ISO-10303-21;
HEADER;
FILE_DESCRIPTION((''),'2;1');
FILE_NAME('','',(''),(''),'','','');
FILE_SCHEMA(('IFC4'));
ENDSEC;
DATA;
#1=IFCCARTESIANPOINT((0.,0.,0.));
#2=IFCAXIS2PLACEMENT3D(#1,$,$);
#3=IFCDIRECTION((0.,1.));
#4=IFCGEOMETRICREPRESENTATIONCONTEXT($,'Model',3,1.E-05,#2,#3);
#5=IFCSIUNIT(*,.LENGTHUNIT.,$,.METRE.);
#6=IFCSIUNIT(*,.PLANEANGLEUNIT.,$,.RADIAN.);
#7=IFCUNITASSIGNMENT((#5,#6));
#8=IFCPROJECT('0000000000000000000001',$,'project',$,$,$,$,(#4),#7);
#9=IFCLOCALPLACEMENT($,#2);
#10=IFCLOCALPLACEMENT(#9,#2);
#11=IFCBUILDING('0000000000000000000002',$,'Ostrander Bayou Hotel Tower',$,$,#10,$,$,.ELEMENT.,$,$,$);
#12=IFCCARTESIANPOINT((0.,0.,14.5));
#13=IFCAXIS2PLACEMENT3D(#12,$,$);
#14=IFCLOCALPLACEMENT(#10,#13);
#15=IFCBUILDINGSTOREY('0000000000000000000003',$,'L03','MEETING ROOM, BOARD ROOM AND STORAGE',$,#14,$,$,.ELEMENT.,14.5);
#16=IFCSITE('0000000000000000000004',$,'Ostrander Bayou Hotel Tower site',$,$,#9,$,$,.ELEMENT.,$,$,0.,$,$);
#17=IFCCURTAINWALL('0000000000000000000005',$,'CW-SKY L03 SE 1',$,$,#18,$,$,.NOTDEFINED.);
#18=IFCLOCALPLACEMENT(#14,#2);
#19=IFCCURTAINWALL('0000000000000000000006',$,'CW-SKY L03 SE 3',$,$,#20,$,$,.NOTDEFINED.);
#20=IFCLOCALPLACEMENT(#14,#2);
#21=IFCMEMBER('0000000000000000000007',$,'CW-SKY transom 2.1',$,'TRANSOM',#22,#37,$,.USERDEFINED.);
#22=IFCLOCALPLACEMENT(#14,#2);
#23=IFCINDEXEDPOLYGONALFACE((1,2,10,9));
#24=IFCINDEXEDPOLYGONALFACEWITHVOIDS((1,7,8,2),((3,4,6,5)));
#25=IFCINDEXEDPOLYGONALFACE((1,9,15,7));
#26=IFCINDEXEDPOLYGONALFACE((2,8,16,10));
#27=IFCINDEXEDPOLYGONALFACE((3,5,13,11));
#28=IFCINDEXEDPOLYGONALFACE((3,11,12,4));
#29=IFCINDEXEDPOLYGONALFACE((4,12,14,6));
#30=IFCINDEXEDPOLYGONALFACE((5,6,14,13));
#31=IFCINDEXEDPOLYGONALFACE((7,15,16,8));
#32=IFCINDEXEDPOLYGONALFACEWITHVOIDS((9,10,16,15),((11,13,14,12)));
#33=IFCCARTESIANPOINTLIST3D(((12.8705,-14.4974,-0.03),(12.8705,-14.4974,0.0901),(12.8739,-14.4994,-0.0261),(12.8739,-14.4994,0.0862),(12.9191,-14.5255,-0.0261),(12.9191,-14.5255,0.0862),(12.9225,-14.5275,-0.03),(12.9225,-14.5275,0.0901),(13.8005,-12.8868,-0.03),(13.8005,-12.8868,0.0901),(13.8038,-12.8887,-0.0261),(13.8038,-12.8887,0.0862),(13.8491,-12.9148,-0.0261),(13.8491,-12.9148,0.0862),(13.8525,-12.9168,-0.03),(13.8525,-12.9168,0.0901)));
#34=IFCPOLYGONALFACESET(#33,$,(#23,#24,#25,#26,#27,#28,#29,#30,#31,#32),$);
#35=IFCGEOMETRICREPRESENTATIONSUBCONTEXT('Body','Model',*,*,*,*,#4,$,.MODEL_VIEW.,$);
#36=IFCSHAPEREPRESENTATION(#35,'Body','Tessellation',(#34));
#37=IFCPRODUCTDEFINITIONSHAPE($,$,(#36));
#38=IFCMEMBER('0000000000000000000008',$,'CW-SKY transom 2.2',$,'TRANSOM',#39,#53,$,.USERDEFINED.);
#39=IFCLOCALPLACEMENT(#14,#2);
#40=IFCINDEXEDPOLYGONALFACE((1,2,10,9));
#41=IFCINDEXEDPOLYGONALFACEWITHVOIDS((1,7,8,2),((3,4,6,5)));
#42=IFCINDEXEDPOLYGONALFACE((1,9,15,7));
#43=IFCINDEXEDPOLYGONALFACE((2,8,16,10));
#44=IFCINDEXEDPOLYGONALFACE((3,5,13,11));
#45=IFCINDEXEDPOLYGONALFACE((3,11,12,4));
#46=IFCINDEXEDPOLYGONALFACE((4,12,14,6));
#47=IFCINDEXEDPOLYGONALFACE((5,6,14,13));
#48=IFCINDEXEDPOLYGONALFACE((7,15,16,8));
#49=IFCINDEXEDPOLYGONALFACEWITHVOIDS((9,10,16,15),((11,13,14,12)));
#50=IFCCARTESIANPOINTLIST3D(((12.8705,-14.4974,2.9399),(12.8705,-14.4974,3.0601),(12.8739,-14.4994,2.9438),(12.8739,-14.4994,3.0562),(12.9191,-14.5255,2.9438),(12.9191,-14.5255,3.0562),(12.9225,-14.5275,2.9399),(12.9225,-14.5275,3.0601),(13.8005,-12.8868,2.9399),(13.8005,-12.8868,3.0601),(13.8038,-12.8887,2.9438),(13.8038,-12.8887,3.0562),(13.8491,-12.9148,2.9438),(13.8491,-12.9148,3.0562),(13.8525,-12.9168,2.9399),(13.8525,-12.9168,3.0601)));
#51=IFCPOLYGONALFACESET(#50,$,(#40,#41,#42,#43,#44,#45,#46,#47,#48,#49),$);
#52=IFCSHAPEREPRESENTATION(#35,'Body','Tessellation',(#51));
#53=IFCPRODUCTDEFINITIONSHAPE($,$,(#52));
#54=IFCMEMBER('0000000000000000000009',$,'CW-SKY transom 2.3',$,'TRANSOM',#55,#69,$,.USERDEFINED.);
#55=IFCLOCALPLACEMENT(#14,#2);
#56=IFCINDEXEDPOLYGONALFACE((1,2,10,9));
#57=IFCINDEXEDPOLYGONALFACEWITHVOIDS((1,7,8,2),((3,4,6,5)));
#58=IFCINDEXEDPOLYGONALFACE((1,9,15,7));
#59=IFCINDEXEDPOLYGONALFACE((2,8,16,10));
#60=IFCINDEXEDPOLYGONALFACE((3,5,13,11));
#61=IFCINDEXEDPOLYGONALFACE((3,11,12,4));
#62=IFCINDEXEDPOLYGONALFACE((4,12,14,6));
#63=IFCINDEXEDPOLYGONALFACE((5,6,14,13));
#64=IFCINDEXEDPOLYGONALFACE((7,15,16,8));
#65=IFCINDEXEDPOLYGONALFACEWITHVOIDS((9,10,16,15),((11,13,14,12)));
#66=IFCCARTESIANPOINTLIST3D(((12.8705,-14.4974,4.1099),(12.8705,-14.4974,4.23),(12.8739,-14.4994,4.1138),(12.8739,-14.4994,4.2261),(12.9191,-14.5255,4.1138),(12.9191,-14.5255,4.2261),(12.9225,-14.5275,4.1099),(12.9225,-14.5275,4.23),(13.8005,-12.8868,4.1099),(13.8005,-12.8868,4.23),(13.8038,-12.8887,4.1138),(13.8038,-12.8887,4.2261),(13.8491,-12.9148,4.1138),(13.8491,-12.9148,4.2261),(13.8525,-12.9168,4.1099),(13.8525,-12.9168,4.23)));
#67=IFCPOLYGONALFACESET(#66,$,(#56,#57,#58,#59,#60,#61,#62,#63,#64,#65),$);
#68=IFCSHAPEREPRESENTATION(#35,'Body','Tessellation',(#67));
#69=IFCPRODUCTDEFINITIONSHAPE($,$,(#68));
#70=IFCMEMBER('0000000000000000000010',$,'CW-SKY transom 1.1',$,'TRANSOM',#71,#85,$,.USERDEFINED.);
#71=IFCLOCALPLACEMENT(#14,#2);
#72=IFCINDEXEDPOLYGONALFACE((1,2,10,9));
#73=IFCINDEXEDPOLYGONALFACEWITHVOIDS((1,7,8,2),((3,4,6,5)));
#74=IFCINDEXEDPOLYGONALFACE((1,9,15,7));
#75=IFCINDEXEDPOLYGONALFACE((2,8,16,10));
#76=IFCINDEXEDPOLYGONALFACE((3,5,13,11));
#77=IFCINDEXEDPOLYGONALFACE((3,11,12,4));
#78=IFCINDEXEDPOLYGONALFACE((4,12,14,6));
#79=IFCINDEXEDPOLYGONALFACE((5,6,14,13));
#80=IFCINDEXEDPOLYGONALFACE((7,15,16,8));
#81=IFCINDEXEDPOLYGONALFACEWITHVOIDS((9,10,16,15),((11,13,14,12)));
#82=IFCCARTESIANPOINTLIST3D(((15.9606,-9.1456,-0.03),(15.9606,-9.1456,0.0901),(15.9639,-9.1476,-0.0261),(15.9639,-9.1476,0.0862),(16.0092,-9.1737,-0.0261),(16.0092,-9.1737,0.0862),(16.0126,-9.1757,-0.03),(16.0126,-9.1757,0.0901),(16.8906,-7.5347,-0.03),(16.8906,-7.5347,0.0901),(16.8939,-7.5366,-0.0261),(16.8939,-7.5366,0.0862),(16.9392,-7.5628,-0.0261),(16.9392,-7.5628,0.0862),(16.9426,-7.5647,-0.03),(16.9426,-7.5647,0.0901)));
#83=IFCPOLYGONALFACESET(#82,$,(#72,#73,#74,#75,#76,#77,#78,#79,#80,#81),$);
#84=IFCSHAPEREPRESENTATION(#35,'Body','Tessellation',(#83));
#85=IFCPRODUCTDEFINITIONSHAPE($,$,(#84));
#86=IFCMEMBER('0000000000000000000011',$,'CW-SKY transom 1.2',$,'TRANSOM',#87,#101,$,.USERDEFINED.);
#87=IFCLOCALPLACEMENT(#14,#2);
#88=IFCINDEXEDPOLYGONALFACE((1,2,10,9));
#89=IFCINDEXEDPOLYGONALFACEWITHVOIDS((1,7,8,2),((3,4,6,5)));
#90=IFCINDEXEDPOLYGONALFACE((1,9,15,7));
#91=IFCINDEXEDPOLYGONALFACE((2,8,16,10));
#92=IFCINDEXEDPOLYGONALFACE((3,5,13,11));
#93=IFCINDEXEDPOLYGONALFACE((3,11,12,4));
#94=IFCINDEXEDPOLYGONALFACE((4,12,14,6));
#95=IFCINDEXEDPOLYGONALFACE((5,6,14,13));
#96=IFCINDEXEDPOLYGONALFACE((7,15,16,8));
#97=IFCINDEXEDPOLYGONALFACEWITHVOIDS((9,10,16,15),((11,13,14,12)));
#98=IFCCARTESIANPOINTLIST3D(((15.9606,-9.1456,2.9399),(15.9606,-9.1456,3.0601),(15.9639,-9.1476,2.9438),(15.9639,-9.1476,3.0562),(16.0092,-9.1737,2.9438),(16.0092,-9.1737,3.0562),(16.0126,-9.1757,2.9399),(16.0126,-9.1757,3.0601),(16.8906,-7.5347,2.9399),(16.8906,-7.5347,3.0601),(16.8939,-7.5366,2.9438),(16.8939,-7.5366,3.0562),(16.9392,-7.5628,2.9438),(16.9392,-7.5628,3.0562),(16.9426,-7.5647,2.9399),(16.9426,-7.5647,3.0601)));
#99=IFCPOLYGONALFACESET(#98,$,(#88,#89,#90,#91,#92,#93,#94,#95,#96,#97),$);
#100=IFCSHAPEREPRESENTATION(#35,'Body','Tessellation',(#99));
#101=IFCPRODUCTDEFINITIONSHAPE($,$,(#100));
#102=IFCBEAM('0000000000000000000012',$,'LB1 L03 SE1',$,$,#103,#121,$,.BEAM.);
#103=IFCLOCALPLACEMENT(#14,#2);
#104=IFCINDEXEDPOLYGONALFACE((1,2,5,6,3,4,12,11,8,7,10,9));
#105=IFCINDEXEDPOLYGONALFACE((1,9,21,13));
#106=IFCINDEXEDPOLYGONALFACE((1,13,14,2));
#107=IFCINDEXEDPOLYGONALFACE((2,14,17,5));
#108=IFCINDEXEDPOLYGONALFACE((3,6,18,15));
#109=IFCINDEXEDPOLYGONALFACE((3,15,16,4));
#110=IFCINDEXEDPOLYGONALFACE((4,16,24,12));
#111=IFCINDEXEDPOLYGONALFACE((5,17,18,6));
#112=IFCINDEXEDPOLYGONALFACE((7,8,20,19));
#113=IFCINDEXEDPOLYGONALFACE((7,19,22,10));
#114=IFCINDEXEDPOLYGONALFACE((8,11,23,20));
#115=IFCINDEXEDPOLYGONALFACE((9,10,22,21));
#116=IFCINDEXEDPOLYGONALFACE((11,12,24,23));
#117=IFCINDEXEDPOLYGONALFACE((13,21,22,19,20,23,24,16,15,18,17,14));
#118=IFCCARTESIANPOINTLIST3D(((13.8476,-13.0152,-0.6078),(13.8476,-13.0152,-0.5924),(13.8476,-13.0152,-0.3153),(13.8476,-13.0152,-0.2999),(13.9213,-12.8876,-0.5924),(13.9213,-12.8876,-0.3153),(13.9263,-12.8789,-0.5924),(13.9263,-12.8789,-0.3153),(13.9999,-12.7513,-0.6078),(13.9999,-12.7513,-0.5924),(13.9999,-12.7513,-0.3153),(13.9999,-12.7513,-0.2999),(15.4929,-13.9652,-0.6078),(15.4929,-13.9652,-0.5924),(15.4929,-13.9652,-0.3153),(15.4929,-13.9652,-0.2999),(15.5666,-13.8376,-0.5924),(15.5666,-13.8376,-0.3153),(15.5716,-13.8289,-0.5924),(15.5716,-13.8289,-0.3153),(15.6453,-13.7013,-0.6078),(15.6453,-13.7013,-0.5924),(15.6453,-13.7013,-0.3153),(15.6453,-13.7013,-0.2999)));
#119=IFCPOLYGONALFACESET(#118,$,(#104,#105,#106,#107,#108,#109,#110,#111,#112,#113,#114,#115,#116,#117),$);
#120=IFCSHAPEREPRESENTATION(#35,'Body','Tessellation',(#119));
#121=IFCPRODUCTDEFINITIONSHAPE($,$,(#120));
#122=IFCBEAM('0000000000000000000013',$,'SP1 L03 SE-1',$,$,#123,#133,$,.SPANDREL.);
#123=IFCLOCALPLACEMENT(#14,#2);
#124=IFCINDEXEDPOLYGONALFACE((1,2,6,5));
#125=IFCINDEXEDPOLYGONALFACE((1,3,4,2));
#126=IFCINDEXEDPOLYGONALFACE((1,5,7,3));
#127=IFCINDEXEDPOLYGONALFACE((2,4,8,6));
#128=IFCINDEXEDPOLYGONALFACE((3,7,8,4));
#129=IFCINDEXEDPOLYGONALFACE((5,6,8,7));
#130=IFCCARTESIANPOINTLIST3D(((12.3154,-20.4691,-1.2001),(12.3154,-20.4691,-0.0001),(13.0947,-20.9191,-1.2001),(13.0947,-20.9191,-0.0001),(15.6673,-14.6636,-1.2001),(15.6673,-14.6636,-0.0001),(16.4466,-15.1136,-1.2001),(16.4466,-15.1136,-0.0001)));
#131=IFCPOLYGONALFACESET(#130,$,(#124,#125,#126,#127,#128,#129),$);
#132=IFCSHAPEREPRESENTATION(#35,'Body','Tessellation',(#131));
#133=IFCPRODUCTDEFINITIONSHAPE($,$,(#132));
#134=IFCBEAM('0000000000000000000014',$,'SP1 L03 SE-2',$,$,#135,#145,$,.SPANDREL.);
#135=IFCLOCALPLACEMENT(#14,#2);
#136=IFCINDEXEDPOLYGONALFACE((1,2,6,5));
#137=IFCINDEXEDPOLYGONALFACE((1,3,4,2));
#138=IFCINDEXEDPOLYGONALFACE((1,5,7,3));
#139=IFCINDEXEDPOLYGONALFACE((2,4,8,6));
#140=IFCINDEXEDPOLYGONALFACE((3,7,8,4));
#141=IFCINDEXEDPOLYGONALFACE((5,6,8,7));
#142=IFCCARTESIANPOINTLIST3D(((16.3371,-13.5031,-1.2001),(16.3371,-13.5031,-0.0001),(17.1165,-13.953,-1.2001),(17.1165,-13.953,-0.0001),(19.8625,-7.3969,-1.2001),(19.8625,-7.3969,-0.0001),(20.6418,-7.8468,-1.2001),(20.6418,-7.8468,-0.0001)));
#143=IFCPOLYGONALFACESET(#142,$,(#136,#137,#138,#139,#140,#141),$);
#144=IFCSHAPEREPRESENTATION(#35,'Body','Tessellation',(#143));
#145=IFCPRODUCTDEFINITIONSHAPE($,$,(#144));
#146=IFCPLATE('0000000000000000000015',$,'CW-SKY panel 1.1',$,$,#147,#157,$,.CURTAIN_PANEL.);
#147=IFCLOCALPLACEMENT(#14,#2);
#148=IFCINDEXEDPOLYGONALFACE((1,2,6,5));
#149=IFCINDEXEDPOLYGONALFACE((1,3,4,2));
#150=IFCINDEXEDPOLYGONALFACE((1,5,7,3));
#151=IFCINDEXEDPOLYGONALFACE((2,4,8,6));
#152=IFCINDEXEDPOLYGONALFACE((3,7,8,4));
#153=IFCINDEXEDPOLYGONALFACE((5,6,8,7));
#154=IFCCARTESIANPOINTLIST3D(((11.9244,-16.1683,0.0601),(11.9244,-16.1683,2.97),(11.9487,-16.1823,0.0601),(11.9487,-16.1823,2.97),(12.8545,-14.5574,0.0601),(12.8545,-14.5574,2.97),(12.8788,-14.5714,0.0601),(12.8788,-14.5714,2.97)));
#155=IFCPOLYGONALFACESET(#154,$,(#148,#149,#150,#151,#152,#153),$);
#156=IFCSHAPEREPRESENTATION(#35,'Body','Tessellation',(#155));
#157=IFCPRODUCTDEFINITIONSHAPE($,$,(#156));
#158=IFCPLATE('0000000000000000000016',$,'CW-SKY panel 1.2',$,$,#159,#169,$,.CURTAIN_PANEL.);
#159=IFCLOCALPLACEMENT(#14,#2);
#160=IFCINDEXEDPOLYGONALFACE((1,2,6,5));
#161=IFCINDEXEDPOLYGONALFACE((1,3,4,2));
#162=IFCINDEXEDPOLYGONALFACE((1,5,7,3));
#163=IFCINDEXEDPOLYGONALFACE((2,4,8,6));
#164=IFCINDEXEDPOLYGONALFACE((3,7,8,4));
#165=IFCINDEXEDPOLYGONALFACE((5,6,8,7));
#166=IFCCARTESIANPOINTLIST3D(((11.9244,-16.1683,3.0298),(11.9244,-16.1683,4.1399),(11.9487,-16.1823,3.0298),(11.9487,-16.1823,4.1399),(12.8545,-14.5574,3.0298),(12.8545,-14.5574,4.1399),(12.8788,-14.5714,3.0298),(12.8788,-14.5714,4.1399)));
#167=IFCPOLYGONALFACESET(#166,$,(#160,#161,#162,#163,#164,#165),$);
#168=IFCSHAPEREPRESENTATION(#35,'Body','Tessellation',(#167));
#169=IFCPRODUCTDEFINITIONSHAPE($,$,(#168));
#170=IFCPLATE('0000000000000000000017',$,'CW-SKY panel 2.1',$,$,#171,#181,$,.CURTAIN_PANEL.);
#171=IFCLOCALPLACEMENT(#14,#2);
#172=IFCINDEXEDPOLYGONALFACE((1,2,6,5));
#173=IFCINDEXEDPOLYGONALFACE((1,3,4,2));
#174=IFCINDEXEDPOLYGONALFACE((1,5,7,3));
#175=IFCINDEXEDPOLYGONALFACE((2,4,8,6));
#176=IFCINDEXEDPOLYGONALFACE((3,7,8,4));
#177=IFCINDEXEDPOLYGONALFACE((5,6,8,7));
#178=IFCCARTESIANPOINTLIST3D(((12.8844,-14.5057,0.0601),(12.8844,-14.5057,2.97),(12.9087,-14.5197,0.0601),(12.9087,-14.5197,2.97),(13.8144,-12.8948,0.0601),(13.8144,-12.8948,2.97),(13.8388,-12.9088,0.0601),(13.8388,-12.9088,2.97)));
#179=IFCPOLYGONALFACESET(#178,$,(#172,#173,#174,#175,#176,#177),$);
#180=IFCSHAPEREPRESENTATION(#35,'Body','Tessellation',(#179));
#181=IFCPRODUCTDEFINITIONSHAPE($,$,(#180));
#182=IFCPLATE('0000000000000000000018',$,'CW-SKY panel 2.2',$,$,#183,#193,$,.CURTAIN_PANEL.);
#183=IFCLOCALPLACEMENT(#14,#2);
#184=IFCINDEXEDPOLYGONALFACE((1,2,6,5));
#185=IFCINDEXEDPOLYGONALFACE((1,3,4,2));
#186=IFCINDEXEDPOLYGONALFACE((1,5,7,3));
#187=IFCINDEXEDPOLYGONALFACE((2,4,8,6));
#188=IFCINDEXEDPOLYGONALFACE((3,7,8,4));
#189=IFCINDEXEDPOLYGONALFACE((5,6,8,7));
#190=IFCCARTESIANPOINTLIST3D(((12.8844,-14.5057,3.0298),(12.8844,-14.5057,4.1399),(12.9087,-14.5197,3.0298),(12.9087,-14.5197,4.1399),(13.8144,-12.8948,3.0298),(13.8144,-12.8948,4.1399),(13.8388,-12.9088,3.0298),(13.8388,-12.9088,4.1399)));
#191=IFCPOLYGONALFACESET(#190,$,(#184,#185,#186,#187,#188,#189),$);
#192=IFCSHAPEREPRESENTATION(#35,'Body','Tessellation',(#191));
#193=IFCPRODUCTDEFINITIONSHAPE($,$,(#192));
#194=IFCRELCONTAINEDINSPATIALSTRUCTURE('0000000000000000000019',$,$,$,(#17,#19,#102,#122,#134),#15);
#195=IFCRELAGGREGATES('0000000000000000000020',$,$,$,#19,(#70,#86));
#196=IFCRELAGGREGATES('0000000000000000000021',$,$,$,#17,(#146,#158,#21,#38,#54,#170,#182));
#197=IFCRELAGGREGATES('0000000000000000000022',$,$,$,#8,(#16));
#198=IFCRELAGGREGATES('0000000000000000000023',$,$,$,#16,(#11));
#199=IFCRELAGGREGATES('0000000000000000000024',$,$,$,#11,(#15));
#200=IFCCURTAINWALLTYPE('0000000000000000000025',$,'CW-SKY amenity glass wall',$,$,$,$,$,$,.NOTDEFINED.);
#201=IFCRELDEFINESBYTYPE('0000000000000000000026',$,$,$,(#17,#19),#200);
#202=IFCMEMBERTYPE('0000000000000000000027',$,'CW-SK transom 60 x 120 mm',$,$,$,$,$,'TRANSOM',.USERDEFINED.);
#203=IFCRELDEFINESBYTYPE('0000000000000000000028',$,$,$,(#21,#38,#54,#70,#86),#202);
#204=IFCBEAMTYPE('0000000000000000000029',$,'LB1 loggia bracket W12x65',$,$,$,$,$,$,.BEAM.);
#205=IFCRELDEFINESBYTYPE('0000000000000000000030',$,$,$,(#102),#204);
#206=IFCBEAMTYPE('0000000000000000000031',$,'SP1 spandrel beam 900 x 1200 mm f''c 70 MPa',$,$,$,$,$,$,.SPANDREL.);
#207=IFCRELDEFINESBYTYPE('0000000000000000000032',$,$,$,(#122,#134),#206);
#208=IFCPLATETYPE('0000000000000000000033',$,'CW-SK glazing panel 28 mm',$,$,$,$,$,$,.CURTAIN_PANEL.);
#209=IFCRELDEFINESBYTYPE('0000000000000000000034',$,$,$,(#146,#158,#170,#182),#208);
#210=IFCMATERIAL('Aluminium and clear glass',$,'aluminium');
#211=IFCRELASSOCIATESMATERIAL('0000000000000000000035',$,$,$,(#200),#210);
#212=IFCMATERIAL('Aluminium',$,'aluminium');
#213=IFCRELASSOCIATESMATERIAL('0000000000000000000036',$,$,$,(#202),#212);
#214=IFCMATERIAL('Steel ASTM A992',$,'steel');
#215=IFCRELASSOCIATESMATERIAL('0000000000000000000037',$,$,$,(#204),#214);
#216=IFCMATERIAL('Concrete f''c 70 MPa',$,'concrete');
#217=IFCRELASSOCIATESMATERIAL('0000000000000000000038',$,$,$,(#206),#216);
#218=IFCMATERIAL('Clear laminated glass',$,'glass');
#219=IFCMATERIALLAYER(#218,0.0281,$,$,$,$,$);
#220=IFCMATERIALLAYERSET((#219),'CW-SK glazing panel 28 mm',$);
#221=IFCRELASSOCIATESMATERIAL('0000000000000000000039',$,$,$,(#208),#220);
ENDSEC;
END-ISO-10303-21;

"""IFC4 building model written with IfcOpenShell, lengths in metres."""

from ifc_helpers import new_model, si_unit, direction, frame, origin, origin_2d, place, context, subcontext, project, spatial, rectangle, hollow_rectangle, i_section, extrude, material, layer, layer_set, material_profile, profile_set, type_object, element, aggregate, save


model = new_model("IFC4")

# Units and contexts
model_context = context("Model", 3, precision=1e-05, world=origin(), true_north=direction((0.0, 1.0)))
body_context = subcontext(model_context, "Body", "Model", "MODEL_VIEW")
ifc_project = project(units=[si_unit("LENGTHUNIT", "METRE"), si_unit("PLANEANGLEUNIT", "RADIAN")], contexts=[model_context])

# Site, building, storey
site_placement = place(None, origin())
site = spatial("IfcSite", under=ifc_project, at=site_placement, Name="Ostrander Bayou Hotel Tower site", CompositionType="ELEMENT", RefElevation=0.0)
building_placement = place(site_placement, origin())
building = spatial("IfcBuilding", under=site, at=building_placement, Name="Ostrander Bayou Hotel Tower", CompositionType="ELEMENT")
storey_placement = place(building_placement, frame((0.0, 0.0, 14.5)))
storey = spatial("IfcBuildingStorey", under=building, at=storey_placement, Name="L03", Description="MEETING ROOM, BOARD ROOM AND STORAGE", CompositionType="ELEMENT", Elevation=14.5)

# Curtain wall
ifc_material_1 = material(Name="Aluminium and clear glass", Category="aluminium")
curtain_wall_type = type_object("IfcCurtainWallType", Name="CW-SKY amenity glass wall", PredefinedType="NOTDEFINED", material=ifc_material_1)
curtain_wall_1_placement = place(storey_placement, origin())
curtain_wall_1 = element("IfcCurtainWall", 1, at=curtain_wall_1_placement, inside=storey, type_object=curtain_wall_type, Name="CW-SKY L03 SE 1", PredefinedType="NOTDEFINED")

# Curtain wall
curtain_wall_2_placement = place(storey_placement, origin())
curtain_wall_2 = element("IfcCurtainWall", 2, at=curtain_wall_2_placement, inside=storey, type_object=curtain_wall_type, Name="CW-SKY L03 SE 3", PredefinedType="NOTDEFINED")

# Members
ifc_material_2 = material(Name="Aluminium", Category="aluminium")
ifc_material_profile_1 = material_profile(ifc_material_2, hollow_rectangle(XDim=0.0601, YDim=0.1201, WallThickness=0.0039, at=origin_2d()))
ifc_profile_set_1 = profile_set([ifc_material_profile_1], Name="Aluminium")
member_type_1 = type_object("IfcMemberType", Name="CW-SK transom 60 x 120 mm", ElementType="TRANSOM", PredefinedType="USERDEFINED", material=ifc_profile_set_1)
member_1_placement = place(storey_placement, frame((12.8965, -14.5125, 0.03), z_axis=(0.500022, 0.866013, 0.0), x_axis=(-0.866013, 0.500022, 0.0)))
member_1 = element("IfcMember", 3, at=member_1_placement, type_object=member_type_1, Name="CW-SKY transom 2.1", ObjectType="TRANSOM", PredefinedType="USERDEFINED", context=body_context, shape_type="SweptSolid", body=[
    extrude(hollow_rectangle(XDim=0.0601, YDim=0.1201, WallThickness=0.0039, at=origin_2d()), origin(), (0.0, 0.0, 1.0), 1.8599),
])
member_2_placement = place(storey_placement, frame((12.8965, -14.5125, 3.0), z_axis=(0.500022, 0.866013, 0.0), x_axis=(-0.866013, 0.500022, 0.0)))
member_2 = element("IfcMember", 4, at=member_2_placement, type_object=member_type_1, Name="CW-SKY transom 2.2", ObjectType="TRANSOM", PredefinedType="USERDEFINED", context=body_context, shape_type="SweptSolid", body=[
    extrude(hollow_rectangle(XDim=0.0601, YDim=0.1201, WallThickness=0.0039, at=origin_2d()), origin(), (0.0, 0.0, 1.0), 1.8599),
])
member_3_placement = place(storey_placement, frame((12.8965, -14.5125, 4.1699), z_axis=(0.500022, 0.866013, 0.0), x_axis=(-0.866013, 0.500022, 0.0)))
member_3 = element("IfcMember", 5, at=member_3_placement, type_object=member_type_1, Name="CW-SKY transom 2.3", ObjectType="TRANSOM", PredefinedType="USERDEFINED", context=body_context, shape_type="SweptSolid", body=[
    extrude(hollow_rectangle(XDim=0.0601, YDim=0.1201, WallThickness=0.0039, at=origin_2d()), origin(), (0.0, 0.0, 1.0), 1.8599),
])
member_4_placement = place(storey_placement, frame((15.9866, -9.1606, 0.03), z_axis=(0.499965, 0.866046, 0.0), x_axis=(-0.866046, 0.499965, 0.0)))
member_4 = element("IfcMember", 6, at=member_4_placement, type_object=member_type_1, Name="CW-SKY transom 1.1", ObjectType="TRANSOM", PredefinedType="USERDEFINED", context=body_context, shape_type="SweptSolid", body=[
    extrude(hollow_rectangle(XDim=0.0601, YDim=0.1201, WallThickness=0.0039, at=origin_2d()), origin(), (0.0, 0.0, 1.0), 1.8601),
])
member_5_placement = place(storey_placement, frame((15.9866, -9.1606, 3.0), z_axis=(0.499965, 0.866046, 0.0), x_axis=(-0.866046, 0.499965, 0.0)))
member_5 = element("IfcMember", 7, at=member_5_placement, type_object=member_type_1, Name="CW-SKY transom 1.2", ObjectType="TRANSOM", PredefinedType="USERDEFINED", context=body_context, shape_type="SweptSolid", body=[
    extrude(hollow_rectangle(XDim=0.0601, YDim=0.1201, WallThickness=0.0039, at=origin_2d()), origin(), (0.0, 0.0, 1.0), 1.8601),
])
aggregate(curtain_wall_2, [member_4, member_5])

# Beams
ifc_material_3 = material(Name="Steel ASTM A992", Category="steel")
ifc_material_profile_2 = material_profile(ifc_material_3, i_section(OverallWidth=0.3047, OverallDepth=0.3079, WebThickness=0.01, FlangeThickness=0.0154, at=origin_2d()))
ifc_profile_set_2 = profile_set([ifc_material_profile_2], Name="Steel ASTM A992")
beam_type_1 = type_object("IfcBeamType", Name="LB1 loggia bracket W12x65", PredefinedType="BEAM", material=ifc_profile_set_2)
beam_1_placement = place(storey_placement, frame((15.5691, -13.8333, -0.4539), z_axis=(-0.866012, 0.500023, 0.0), x_axis=(-0.500023, -0.866012, 0.0)))
element("IfcBeam", 8, at=beam_1_placement, inside=storey, type_object=beam_type_1, Name="LB1 L03 SE1", PredefinedType="BEAM", context=body_context, shape_type="SweptSolid", body=[
    extrude(i_section(OverallWidth=0.3047, OverallDepth=0.3079, WebThickness=0.01, FlangeThickness=0.0154, at=origin_2d()), origin(), (0.0, 0.0, 1.0), 1.8999),
])
ifc_material_4 = material(Name="Concrete f'c 70 MPa", Category="concrete")
ifc_material_profile_3 = material_profile(ifc_material_4, rectangle(XDim=0.8999, YDim=1.2, at=origin_2d()))
ifc_profile_set_3 = profile_set([ifc_material_profile_3], Name="Concrete f'c 70 MPa")
beam_type_2 = type_object("IfcBeamType", Name="SP1 spandrel beam 900 x 1200 mm f'c 70 MPa", PredefinedType="SPANDREL", material=ifc_profile_set_3)
beam_2_placement = place(storey_placement, frame((12.7051, -20.6941, -0.6001), z_axis=(0.500005, 0.866022, 0.0), x_axis=(-0.866022, 0.500005, 0.0)))
element("IfcBeam", 9, at=beam_2_placement, inside=storey, type_object=beam_type_2, Name="SP1 L03 SE-1", PredefinedType="SPANDREL", context=body_context, shape_type="SweptSolid", body=[
    extrude(rectangle(XDim=0.8999, YDim=1.2, at=origin_2d()), origin(), (0.0, 0.0, 1.0), 6.7036),
])
beam_3_placement = place(storey_placement, frame((16.7268, -13.728, -0.6001), z_axis=(0.499997, 0.866027, 0.0), x_axis=(-0.866027, 0.499997, 0.0)))
element("IfcBeam", 10, at=beam_3_placement, inside=storey, type_object=beam_type_2, Name="SP1 L03 SE-2", PredefinedType="SPANDREL", context=body_context, shape_type="SweptSolid", body=[
    extrude(rectangle(XDim=0.8999, YDim=1.2, at=origin_2d()), origin(), (0.0, 0.0, 1.0), 7.0508),
])

# Plates
ifc_material_5 = material(Name="Clear laminated glass", Category="glass")
ifc_layer_1 = layer(ifc_material_5, 0.0281)
ifc_layer_set_1 = layer_set([ifc_layer_1], Name="CW-SK glazing panel 28 mm")
plate_type = type_object("IfcPlateType", Name="CW-SK glazing panel 28 mm", PredefinedType="CURTAIN_PANEL", material=ifc_layer_set_1)
plate_1_placement = place(storey_placement, frame((12.4016, -15.3699, 0.0601), z_axis=(0.0, 0.0, 1.0), x_axis=(0.5, 0.866025, 0.0)))
plate_1 = element("IfcPlate", 11, at=plate_1_placement, type_object=plate_type, Name="CW-SKY panel 1.1", PredefinedType="CURTAIN_PANEL", context=body_context, shape_type="SweptSolid", body=[
    extrude(rectangle(XDim=1.8601, YDim=0.0281, at=origin_2d()), origin(), (0.0, 0.0, 1.0), 2.9099),
])
plate_2_placement = place(storey_placement, frame((12.4016, -15.3699, 3.0298), z_axis=(0.0, 0.0, 1.0), x_axis=(0.5, 0.866025, 0.0)))
plate_2 = element("IfcPlate", 12, at=plate_2_placement, type_object=plate_type, Name="CW-SKY panel 1.2", PredefinedType="CURTAIN_PANEL", context=body_context, shape_type="SweptSolid", body=[
    extrude(rectangle(XDim=1.8601, YDim=0.0281, at=origin_2d()), origin(), (0.0, 0.0, 1.0), 1.1101),
])
plate_3_placement = place(storey_placement, frame((13.3616, -13.7073, 0.0601), z_axis=(0.0, 0.0, 1.0), x_axis=(0.5, 0.866025, 0.0)))
plate_3 = element("IfcPlate", 13, at=plate_3_placement, type_object=plate_type, Name="CW-SKY panel 2.1", PredefinedType="CURTAIN_PANEL", context=body_context, shape_type="SweptSolid", body=[
    extrude(rectangle(XDim=1.8601, YDim=0.0281, at=origin_2d()), origin(), (0.0, 0.0, 1.0), 2.9099),
])
plate_4_placement = place(storey_placement, frame((13.3616, -13.7073, 3.0298), z_axis=(0.0, 0.0, 1.0), x_axis=(0.5, 0.866025, 0.0)))
plate_4 = element("IfcPlate", 14, at=plate_4_placement, type_object=plate_type, Name="CW-SKY panel 2.2", PredefinedType="CURTAIN_PANEL", context=body_context, shape_type="SweptSolid", body=[
    extrude(rectangle(XDim=1.8601, YDim=0.0281, at=origin_2d()), origin(), (0.0, 0.0, 1.0), 1.1101),
])
aggregate(curtain_wall_1, [plate_1, plate_2, member_1, member_2, member_3, plate_3, plate_4])

save(model, "model.ifc")
